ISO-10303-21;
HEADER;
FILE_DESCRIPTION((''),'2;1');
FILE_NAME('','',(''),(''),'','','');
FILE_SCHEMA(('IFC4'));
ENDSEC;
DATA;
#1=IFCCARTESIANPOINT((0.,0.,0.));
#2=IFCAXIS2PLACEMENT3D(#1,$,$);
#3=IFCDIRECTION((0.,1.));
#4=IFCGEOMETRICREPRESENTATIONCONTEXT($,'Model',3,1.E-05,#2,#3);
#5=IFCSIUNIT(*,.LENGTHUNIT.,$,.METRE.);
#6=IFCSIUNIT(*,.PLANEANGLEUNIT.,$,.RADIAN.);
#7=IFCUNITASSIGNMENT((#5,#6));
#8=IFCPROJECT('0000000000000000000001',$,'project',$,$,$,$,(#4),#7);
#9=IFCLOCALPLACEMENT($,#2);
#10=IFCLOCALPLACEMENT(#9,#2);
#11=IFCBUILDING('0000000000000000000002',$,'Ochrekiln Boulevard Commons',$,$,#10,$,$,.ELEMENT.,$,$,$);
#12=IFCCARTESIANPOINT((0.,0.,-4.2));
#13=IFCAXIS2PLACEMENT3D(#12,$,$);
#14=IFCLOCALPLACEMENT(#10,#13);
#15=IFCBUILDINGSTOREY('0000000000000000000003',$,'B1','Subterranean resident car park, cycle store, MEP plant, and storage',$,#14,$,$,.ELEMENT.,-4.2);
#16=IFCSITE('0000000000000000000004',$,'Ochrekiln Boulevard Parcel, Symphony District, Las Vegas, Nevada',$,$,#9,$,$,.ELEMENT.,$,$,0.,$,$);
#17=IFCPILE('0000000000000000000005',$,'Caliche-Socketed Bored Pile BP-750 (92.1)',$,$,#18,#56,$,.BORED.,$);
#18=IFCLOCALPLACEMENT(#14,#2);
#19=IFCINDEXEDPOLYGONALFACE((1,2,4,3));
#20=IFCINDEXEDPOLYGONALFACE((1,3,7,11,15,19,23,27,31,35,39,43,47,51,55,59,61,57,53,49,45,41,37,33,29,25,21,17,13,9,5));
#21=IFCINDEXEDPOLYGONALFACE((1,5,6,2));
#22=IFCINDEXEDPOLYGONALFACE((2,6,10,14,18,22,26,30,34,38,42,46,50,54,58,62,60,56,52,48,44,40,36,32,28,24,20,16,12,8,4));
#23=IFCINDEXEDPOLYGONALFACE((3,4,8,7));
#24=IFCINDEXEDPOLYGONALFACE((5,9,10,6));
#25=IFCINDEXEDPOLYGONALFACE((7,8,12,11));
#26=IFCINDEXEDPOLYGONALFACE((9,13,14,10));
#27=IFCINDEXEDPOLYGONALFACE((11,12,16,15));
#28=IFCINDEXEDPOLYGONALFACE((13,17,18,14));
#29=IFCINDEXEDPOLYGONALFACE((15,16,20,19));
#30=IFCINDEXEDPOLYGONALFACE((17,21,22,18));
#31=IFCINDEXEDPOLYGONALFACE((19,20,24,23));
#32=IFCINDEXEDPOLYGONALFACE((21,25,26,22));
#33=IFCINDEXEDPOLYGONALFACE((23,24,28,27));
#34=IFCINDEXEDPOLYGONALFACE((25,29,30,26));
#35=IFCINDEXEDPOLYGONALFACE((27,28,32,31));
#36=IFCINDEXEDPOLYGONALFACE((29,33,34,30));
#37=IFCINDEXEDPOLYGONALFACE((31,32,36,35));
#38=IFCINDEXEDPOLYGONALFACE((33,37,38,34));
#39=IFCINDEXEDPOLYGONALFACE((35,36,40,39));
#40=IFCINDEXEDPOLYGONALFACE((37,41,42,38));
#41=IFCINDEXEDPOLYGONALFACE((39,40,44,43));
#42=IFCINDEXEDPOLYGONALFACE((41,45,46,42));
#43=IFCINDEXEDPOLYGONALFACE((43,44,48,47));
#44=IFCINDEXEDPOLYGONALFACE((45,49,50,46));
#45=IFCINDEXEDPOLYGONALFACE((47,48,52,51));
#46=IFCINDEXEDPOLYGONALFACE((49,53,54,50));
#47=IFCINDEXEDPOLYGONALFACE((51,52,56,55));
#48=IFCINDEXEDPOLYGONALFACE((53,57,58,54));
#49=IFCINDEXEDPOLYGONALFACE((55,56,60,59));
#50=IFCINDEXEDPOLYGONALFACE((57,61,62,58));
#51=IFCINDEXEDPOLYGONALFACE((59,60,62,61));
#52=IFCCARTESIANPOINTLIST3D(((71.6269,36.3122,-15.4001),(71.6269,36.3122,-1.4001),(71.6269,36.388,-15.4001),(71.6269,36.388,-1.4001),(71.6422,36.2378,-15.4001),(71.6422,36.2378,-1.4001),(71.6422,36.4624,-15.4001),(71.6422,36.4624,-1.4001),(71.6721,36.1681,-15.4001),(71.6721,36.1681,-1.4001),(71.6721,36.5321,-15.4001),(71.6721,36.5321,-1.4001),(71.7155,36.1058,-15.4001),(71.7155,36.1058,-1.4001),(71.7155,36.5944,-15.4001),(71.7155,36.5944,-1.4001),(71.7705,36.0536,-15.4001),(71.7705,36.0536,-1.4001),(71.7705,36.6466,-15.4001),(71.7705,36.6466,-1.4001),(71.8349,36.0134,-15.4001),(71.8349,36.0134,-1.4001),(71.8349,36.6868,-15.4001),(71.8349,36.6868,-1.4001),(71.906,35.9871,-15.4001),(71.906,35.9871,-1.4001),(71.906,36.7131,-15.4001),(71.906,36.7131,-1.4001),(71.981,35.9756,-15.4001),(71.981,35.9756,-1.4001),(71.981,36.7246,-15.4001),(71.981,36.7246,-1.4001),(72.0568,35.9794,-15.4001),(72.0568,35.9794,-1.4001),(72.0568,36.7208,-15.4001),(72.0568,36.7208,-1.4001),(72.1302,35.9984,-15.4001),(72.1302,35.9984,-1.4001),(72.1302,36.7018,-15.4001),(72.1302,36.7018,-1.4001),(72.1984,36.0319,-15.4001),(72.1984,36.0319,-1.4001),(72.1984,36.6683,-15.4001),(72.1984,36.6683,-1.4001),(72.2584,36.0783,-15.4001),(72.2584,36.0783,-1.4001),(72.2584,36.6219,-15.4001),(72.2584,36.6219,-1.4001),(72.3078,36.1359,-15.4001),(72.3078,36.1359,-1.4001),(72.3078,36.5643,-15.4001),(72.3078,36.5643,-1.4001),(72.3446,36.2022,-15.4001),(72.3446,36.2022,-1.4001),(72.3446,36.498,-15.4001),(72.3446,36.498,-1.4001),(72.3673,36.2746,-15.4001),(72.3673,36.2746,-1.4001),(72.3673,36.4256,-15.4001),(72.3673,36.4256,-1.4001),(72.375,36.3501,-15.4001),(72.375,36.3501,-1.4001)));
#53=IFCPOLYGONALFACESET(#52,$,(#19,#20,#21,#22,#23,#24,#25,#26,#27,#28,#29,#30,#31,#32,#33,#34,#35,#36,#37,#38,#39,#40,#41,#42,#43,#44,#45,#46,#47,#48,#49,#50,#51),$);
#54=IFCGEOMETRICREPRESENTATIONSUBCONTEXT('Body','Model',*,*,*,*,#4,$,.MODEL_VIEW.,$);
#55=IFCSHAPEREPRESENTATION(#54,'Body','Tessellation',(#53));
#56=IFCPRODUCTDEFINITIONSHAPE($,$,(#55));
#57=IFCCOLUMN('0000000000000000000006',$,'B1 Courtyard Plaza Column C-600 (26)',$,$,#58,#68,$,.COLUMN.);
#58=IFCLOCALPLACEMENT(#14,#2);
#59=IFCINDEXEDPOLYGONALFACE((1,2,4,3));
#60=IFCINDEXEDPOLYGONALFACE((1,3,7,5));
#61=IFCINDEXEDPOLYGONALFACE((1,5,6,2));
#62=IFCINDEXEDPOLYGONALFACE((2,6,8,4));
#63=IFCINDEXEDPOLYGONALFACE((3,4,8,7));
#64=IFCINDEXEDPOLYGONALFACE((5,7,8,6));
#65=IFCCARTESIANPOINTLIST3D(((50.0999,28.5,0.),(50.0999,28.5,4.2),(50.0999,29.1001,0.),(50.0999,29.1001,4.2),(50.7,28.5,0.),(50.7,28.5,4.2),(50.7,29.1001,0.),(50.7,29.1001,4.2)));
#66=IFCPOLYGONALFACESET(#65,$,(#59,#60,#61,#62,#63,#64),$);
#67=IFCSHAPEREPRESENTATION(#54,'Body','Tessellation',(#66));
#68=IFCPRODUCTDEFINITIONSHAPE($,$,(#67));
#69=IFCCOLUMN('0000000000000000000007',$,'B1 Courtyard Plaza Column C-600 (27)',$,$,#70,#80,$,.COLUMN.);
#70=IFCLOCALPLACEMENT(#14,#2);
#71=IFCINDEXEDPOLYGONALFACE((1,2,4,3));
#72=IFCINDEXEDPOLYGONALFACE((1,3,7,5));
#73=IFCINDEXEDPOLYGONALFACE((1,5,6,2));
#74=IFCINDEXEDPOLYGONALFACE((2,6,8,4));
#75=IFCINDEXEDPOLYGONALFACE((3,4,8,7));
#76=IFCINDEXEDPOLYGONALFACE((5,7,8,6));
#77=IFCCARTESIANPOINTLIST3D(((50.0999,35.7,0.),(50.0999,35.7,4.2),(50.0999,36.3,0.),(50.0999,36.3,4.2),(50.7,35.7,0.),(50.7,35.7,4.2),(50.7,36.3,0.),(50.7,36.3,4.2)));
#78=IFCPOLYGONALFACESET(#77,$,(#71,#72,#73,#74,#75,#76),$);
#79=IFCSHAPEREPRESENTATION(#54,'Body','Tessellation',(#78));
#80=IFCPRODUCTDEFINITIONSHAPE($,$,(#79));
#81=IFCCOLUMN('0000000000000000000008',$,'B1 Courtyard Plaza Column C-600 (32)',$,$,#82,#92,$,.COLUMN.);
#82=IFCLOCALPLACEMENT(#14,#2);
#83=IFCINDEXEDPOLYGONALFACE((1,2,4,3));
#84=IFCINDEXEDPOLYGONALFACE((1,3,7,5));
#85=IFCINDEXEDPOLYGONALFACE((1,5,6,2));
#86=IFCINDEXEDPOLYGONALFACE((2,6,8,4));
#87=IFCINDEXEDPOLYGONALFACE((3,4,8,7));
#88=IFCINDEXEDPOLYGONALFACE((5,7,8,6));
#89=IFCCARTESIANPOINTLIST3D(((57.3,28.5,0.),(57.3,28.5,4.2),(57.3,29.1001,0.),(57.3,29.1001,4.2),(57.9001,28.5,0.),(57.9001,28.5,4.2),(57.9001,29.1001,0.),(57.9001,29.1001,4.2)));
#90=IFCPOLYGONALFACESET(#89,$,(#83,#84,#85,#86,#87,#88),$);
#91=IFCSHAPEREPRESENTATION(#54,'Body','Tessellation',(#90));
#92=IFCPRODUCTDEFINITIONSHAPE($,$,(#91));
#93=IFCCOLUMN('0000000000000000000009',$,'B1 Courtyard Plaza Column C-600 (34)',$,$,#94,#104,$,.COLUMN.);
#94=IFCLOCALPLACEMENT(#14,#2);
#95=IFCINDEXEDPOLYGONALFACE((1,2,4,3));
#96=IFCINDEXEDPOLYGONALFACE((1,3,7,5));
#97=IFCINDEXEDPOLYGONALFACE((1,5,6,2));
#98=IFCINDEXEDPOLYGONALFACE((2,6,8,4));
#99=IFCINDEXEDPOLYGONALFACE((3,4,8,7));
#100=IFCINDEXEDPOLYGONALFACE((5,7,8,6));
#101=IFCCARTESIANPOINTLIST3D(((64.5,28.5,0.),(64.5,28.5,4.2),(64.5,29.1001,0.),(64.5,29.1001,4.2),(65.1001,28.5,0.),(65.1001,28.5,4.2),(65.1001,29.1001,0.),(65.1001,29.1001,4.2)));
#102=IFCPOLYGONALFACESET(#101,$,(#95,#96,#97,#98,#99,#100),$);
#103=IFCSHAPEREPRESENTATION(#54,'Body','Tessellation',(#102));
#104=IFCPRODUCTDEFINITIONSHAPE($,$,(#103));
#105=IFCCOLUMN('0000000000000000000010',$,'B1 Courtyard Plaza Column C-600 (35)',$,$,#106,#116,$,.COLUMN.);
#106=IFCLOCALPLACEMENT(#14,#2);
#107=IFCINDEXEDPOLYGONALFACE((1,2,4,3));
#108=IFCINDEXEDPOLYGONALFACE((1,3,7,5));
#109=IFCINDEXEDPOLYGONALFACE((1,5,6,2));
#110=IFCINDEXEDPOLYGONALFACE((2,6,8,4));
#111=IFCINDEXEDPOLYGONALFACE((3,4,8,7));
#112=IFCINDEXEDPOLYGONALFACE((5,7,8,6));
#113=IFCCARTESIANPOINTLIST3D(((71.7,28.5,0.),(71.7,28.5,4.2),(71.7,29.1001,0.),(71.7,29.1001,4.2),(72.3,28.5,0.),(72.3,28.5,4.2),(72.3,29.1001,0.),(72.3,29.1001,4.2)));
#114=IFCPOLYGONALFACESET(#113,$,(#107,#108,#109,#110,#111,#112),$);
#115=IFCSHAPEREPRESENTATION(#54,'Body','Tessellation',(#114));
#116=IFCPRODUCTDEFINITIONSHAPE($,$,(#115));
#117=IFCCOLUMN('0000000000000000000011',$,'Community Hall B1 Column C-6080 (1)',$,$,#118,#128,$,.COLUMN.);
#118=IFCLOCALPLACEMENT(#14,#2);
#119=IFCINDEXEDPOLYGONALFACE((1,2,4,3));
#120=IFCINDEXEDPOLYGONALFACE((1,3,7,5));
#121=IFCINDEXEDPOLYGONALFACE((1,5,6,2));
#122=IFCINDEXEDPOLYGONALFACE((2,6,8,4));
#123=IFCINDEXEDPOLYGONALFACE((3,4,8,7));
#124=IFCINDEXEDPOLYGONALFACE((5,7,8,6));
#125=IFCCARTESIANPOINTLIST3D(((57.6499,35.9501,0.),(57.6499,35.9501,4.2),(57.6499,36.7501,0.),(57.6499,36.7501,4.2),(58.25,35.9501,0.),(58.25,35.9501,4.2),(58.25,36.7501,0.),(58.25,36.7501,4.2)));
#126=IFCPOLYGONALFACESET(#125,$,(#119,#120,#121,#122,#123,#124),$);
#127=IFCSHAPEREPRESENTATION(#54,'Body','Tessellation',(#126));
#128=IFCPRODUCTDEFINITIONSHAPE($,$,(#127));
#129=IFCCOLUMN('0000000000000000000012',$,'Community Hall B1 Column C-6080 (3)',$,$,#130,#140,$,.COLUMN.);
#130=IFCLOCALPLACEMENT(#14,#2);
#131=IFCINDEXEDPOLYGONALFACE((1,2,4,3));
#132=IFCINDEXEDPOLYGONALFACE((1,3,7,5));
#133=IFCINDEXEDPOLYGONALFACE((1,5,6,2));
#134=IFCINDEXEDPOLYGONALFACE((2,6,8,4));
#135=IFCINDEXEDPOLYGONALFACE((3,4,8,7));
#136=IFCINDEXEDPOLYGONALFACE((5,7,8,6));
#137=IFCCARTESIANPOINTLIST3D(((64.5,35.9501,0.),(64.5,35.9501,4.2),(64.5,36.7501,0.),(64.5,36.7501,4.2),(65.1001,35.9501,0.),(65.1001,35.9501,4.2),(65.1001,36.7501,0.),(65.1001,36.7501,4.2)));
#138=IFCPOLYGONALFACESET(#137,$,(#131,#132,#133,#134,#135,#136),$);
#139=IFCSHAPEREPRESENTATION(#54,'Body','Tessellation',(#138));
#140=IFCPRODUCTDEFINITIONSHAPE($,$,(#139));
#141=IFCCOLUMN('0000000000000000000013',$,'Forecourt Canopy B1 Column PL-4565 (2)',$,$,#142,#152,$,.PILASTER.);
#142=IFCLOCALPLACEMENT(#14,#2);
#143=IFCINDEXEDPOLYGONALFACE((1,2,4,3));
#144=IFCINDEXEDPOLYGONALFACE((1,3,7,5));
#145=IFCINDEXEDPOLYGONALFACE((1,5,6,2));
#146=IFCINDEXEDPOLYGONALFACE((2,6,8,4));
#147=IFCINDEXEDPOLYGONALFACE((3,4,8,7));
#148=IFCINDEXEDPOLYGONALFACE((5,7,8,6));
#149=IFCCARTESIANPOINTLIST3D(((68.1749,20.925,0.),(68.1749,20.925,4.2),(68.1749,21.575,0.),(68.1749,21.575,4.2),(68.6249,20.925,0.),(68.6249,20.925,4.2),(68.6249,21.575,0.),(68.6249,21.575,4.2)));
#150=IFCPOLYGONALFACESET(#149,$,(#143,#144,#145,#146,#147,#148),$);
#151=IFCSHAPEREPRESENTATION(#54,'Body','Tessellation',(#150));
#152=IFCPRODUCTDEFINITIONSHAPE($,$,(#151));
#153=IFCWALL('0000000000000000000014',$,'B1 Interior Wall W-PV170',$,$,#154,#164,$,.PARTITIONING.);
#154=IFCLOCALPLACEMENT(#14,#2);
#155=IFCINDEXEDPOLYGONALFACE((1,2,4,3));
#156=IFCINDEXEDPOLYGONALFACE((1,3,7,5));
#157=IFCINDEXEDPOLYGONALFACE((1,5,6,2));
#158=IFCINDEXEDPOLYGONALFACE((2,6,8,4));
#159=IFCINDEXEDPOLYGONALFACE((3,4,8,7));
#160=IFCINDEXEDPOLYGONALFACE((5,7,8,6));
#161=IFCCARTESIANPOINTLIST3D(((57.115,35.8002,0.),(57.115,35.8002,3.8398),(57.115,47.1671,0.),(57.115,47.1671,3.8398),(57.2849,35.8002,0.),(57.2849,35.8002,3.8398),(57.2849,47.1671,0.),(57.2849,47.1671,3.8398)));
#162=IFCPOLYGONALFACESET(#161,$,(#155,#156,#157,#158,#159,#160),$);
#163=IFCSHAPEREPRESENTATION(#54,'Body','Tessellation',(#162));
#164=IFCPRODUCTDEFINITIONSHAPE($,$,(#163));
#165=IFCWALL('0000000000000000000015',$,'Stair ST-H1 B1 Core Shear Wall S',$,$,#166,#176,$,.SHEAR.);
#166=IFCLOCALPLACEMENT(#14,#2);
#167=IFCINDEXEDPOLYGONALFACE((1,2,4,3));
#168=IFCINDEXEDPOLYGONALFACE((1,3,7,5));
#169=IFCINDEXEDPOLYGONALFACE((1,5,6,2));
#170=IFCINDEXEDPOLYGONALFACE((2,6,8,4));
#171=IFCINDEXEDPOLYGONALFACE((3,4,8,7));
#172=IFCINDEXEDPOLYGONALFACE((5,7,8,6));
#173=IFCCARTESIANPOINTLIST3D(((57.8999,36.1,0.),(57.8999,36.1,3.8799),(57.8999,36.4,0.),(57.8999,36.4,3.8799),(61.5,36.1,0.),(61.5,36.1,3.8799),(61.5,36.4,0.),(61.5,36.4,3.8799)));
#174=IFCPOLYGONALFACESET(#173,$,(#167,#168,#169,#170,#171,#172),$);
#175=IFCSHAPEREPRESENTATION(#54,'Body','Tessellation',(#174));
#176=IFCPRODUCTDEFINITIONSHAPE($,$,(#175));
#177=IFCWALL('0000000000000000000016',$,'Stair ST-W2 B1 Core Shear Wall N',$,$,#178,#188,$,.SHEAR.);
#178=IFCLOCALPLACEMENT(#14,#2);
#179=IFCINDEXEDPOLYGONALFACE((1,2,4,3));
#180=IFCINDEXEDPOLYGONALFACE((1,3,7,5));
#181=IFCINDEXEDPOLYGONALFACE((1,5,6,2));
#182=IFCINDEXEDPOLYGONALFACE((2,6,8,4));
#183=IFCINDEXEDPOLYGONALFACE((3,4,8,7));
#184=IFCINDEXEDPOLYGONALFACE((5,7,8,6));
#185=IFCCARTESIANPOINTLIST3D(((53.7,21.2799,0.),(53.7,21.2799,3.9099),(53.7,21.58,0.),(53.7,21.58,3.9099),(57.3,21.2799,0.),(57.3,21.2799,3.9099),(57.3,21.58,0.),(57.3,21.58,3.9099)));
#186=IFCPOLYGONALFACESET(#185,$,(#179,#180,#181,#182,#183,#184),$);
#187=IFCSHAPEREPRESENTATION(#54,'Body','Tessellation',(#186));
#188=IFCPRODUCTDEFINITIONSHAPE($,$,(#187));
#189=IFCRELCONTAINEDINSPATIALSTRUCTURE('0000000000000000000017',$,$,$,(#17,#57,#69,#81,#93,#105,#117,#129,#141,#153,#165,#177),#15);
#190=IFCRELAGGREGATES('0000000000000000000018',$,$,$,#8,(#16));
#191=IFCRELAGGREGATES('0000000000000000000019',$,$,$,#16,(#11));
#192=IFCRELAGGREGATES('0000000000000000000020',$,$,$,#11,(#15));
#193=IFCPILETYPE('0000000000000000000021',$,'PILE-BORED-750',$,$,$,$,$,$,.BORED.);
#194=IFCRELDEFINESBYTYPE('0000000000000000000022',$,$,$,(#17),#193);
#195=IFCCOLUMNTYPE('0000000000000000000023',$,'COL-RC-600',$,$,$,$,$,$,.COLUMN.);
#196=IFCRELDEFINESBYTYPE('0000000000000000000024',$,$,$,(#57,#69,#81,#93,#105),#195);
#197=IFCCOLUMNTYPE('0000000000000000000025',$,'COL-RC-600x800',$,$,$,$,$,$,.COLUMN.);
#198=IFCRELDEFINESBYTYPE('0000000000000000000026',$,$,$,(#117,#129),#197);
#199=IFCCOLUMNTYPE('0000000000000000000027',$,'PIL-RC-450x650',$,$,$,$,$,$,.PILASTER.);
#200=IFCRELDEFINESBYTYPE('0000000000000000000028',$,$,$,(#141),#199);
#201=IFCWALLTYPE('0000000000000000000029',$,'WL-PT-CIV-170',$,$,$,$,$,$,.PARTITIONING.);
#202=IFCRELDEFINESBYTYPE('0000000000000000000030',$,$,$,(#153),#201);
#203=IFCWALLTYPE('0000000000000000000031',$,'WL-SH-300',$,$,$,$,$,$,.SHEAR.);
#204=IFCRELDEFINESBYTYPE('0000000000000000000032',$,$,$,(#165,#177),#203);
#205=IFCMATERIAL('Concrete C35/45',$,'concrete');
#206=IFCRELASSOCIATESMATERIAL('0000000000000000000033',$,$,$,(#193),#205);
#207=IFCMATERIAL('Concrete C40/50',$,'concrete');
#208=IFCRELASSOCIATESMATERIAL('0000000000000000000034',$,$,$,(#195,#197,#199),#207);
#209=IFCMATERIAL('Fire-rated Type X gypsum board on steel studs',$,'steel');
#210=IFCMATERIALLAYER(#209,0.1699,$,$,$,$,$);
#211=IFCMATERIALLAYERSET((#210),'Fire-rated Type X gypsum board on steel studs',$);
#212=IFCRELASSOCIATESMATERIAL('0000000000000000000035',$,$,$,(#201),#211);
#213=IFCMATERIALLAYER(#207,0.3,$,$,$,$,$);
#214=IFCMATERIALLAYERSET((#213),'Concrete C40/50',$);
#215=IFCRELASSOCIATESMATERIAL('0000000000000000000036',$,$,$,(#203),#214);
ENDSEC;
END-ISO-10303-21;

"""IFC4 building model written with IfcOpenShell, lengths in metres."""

from ifc_helpers import new_model, si_unit, direction, frame, frame_2d, origin, origin_2d, place, context, subcontext, project, spatial, rectangle, circle, extrude, material, layer, layer_set, material_profile, profile_set, type_object, element, save


model = new_model("IFC4")

# Units and contexts
model_context = context("Model", 3, precision=1e-05, world=origin(), true_north=direction((0.0, 1.0)))
body_context = subcontext(model_context, "Body", "Model", "MODEL_VIEW")
ifc_project = project(units=[si_unit("LENGTHUNIT", "METRE"), si_unit("PLANEANGLEUNIT", "RADIAN")], contexts=[model_context])

# Site, building, storey
site_placement = place(None, origin())
site = spatial("IfcSite", under=ifc_project, at=site_placement, Name="Ochrekiln Boulevard Parcel, Symphony District, Las Vegas, Nevada", CompositionType="ELEMENT", RefElevation=0.0)
building_placement = place(site_placement, origin())
building = spatial("IfcBuilding", under=site, at=building_placement, Name="Ochrekiln Boulevard Commons", CompositionType="ELEMENT")
storey_placement = place(building_placement, frame((0.0, 0.0, -4.2)))
storey = spatial("IfcBuildingStorey", under=building, at=storey_placement, Name="B1", Description="Subterranean resident car park, cycle store, MEP plant, and storage", CompositionType="ELEMENT", Elevation=-4.2)

# Shared definitions
ifc_material_1 = material(Name="Concrete C35/45", Category="concrete")

# Pile
ifc_material_profile_1 = material_profile(ifc_material_1, circle(Radius=0.375, at=origin_2d()), Name="PILE-D750")
ifc_profile_set_1 = profile_set([ifc_material_profile_1], Name="Concrete C35/45")
pile_type = type_object("IfcPileType", Name="PILE-BORED-750", PredefinedType="BORED", material=ifc_profile_set_1)
for number, where, z_axis, x_axis, name in (
    (1, (72.0, 36.3501, -1.4001), (0.0, 0.0, -1.0), (1.0, 0.0, 0.0), "Caliche-Socketed Bored Pile BP-750 (92.1)"),
):
    element("IfcPile", number, at=place(storey_placement, frame(where, z_axis=z_axis, x_axis=x_axis)), inside=storey, type_object=pile_type, Name=name, PredefinedType="BORED", context=body_context, shape_type="SweptSolid", body=[
        extrude(circle(Radius=0.375, at=origin_2d()), origin(), (0.0, 0.0, 1.0), 14.0),
    ])

# Columns
ifc_material_2 = material(Name="Concrete C40/50", Category="concrete")
ifc_material_profile_2 = material_profile(ifc_material_2, rectangle(XDim=0.6001, YDim=0.6001, at=origin_2d()), Name="RC-COL-600x600")
ifc_profile_set_2 = profile_set([ifc_material_profile_2], Name="Concrete C40/50")
column_type_1 = type_object("IfcColumnType", Name="COL-RC-600", PredefinedType="COLUMN", material=ifc_profile_set_2)
for number, where, z_axis, x_axis, name in (
    (2, (50.3999, 28.8, 0.0), (0.0, 0.0, 1.0), (1.0, 0.0, 0.0), "B1 Courtyard Plaza Column C-600 (26)"),
    (3, (50.3999, 36.0, 0.0), (0.0, 0.0, 1.0), (1.0, 0.0, 0.0), "B1 Courtyard Plaza Column C-600 (27)"),
    (4, (57.6001, 28.8, 0.0), (0.0, 0.0, 1.0), (1.0, 0.0, 0.0), "B1 Courtyard Plaza Column C-600 (32)"),
    (5, (64.8, 28.8, 0.0), (0.0, 0.0, 1.0), (1.0, 0.0, 0.0), "B1 Courtyard Plaza Column C-600 (34)"),
    (6, (72.0, 28.8, 0.0), (0.0, 0.0, 1.0), (1.0, 0.0, 0.0), "B1 Courtyard Plaza Column C-600 (35)"),
):
    element("IfcColumn", number, at=place(storey_placement, frame(where, z_axis=z_axis, x_axis=x_axis)), inside=storey, type_object=column_type_1, Name=name, PredefinedType="COLUMN", context=body_context, shape_type="SweptSolid", body=[
        extrude(rectangle(XDim=0.6001, YDim=0.6001, at=origin_2d()), origin(), (0.0, 0.0, 1.0), 4.2),
    ])
ifc_material_profile_3 = material_profile(ifc_material_2, rectangle(XDim=0.6001, YDim=0.8, at=origin_2d()), Name="RC-COL-600x800")
ifc_profile_set_3 = profile_set([ifc_material_profile_3], Name="Concrete C40/50")
column_type_2 = type_object("IfcColumnType", Name="COL-RC-600x800", PredefinedType="COLUMN", material=ifc_profile_set_3)
for number, where, z_axis, x_axis, name in (
    (7, (57.95, 36.3501, 0.0), (0.0, 0.0, 1.0), (1.0, 0.0, 0.0), "Community Hall B1 Column C-6080 (1)"),
    (8, (64.8, 36.3501, 0.0), (0.0, 0.0, 1.0), (1.0, 0.0, 0.0), "Community Hall B1 Column C-6080 (3)"),
):
    element("IfcColumn", number, at=place(storey_placement, frame(where, z_axis=z_axis, x_axis=x_axis)), inside=storey, type_object=column_type_2, Name=name, PredefinedType="COLUMN", context=body_context, shape_type="SweptSolid", body=[
        extrude(rectangle(XDim=0.6001, YDim=0.8, at=origin_2d()), origin(), (0.0, 0.0, 1.0), 4.2),
    ])
ifc_material_profile_4 = material_profile(ifc_material_2, rectangle(XDim=0.45, YDim=0.6499, at=origin_2d()), Name="RC-PIL-450x650")
ifc_profile_set_4 = profile_set([ifc_material_profile_4], Name="Concrete C40/50")
column_type_3 = type_object("IfcColumnType", Name="PIL-RC-450x650", PredefinedType="PILASTER", material=ifc_profile_set_4)
column_placement = place(storey_placement, frame((68.3999, 21.25, 0.0), z_axis=(0.0, 0.0, 1.0), x_axis=(1.0, 0.0, 0.0)))
element("IfcColumn", 9, at=column_placement, inside=storey, type_object=column_type_3, Name="Forecourt Canopy B1 Column PL-4565 (2)", PredefinedType="PILASTER", context=body_context, shape_type="SweptSolid", body=[
    extrude(rectangle(XDim=0.45, YDim=0.6499, at=origin_2d()), origin(), (0.0, 0.0, 1.0), 4.2),
])

# Walls
ifc_material_3 = material(Name="Fire-rated Type X gypsum board on steel studs", Category="steel")
ifc_layer_1 = layer(ifc_material_3, 0.1699)
ifc_layer_set_1 = layer_set([ifc_layer_1], Name="Fire-rated Type X gypsum board on steel studs")
wall_type_1 = type_object("IfcWallType", Name="WL-PT-CIV-170", PredefinedType="PARTITIONING", material=ifc_layer_set_1)
wall_1_placement = place(storey_placement, frame((57.2, 35.8, 0.0), z_axis=(0.0, 0.0, 1.0), x_axis=(0.0, 1.0, 0.0)))
element("IfcWall", 10, at=wall_1_placement, inside=storey, type_object=wall_type_1, Name="B1 Interior Wall W-PV170", PredefinedType="PARTITIONING", context=body_context, shape_type="SweptSolid", body=[
    extrude(rectangle(XDim=11.3669, YDim=0.1699, at=frame_2d((5.6836, 0.0))), origin(), (0.0, 0.0, 1.0), 3.8398),
])
ifc_layer_2 = layer(ifc_material_2, 0.3)
ifc_layer_set_2 = layer_set([ifc_layer_2], Name="Concrete C40/50")
wall_type_2 = type_object("IfcWallType", Name="WL-SH-300", PredefinedType="SHEAR", material=ifc_layer_set_2)
wall_2_placement = place(storey_placement, frame((57.8999, 36.25, 0.0), z_axis=(0.0, 0.0, 1.0), x_axis=(1.0, 0.0, 0.0)))
element("IfcWall", 11, at=wall_2_placement, inside=storey, type_object=wall_type_2, Name="Stair ST-H1 B1 Core Shear Wall S", PredefinedType="SHEAR", context=body_context, shape_type="SweptSolid", body=[
    extrude(rectangle(XDim=3.6001, YDim=0.3, at=frame_2d((1.8, 0.0))), origin(), (0.0, 0.0, 1.0), 3.8799),
])
wall_3_placement = place(storey_placement, frame((53.7, 21.4299, 0.0), z_axis=(0.0, 0.0, 1.0), x_axis=(1.0, 0.0, 0.0)))
element("IfcWall", 12, at=wall_3_placement, inside=storey, type_object=wall_type_2, Name="Stair ST-W2 B1 Core Shear Wall N", PredefinedType="SHEAR", context=body_context, shape_type="SweptSolid", body=[
    extrude(rectangle(XDim=3.6001, YDim=0.3, at=frame_2d((1.8, 0.0))), origin(), (0.0, 0.0, 1.0), 3.9099),
])

save(model, "model.ifc")
